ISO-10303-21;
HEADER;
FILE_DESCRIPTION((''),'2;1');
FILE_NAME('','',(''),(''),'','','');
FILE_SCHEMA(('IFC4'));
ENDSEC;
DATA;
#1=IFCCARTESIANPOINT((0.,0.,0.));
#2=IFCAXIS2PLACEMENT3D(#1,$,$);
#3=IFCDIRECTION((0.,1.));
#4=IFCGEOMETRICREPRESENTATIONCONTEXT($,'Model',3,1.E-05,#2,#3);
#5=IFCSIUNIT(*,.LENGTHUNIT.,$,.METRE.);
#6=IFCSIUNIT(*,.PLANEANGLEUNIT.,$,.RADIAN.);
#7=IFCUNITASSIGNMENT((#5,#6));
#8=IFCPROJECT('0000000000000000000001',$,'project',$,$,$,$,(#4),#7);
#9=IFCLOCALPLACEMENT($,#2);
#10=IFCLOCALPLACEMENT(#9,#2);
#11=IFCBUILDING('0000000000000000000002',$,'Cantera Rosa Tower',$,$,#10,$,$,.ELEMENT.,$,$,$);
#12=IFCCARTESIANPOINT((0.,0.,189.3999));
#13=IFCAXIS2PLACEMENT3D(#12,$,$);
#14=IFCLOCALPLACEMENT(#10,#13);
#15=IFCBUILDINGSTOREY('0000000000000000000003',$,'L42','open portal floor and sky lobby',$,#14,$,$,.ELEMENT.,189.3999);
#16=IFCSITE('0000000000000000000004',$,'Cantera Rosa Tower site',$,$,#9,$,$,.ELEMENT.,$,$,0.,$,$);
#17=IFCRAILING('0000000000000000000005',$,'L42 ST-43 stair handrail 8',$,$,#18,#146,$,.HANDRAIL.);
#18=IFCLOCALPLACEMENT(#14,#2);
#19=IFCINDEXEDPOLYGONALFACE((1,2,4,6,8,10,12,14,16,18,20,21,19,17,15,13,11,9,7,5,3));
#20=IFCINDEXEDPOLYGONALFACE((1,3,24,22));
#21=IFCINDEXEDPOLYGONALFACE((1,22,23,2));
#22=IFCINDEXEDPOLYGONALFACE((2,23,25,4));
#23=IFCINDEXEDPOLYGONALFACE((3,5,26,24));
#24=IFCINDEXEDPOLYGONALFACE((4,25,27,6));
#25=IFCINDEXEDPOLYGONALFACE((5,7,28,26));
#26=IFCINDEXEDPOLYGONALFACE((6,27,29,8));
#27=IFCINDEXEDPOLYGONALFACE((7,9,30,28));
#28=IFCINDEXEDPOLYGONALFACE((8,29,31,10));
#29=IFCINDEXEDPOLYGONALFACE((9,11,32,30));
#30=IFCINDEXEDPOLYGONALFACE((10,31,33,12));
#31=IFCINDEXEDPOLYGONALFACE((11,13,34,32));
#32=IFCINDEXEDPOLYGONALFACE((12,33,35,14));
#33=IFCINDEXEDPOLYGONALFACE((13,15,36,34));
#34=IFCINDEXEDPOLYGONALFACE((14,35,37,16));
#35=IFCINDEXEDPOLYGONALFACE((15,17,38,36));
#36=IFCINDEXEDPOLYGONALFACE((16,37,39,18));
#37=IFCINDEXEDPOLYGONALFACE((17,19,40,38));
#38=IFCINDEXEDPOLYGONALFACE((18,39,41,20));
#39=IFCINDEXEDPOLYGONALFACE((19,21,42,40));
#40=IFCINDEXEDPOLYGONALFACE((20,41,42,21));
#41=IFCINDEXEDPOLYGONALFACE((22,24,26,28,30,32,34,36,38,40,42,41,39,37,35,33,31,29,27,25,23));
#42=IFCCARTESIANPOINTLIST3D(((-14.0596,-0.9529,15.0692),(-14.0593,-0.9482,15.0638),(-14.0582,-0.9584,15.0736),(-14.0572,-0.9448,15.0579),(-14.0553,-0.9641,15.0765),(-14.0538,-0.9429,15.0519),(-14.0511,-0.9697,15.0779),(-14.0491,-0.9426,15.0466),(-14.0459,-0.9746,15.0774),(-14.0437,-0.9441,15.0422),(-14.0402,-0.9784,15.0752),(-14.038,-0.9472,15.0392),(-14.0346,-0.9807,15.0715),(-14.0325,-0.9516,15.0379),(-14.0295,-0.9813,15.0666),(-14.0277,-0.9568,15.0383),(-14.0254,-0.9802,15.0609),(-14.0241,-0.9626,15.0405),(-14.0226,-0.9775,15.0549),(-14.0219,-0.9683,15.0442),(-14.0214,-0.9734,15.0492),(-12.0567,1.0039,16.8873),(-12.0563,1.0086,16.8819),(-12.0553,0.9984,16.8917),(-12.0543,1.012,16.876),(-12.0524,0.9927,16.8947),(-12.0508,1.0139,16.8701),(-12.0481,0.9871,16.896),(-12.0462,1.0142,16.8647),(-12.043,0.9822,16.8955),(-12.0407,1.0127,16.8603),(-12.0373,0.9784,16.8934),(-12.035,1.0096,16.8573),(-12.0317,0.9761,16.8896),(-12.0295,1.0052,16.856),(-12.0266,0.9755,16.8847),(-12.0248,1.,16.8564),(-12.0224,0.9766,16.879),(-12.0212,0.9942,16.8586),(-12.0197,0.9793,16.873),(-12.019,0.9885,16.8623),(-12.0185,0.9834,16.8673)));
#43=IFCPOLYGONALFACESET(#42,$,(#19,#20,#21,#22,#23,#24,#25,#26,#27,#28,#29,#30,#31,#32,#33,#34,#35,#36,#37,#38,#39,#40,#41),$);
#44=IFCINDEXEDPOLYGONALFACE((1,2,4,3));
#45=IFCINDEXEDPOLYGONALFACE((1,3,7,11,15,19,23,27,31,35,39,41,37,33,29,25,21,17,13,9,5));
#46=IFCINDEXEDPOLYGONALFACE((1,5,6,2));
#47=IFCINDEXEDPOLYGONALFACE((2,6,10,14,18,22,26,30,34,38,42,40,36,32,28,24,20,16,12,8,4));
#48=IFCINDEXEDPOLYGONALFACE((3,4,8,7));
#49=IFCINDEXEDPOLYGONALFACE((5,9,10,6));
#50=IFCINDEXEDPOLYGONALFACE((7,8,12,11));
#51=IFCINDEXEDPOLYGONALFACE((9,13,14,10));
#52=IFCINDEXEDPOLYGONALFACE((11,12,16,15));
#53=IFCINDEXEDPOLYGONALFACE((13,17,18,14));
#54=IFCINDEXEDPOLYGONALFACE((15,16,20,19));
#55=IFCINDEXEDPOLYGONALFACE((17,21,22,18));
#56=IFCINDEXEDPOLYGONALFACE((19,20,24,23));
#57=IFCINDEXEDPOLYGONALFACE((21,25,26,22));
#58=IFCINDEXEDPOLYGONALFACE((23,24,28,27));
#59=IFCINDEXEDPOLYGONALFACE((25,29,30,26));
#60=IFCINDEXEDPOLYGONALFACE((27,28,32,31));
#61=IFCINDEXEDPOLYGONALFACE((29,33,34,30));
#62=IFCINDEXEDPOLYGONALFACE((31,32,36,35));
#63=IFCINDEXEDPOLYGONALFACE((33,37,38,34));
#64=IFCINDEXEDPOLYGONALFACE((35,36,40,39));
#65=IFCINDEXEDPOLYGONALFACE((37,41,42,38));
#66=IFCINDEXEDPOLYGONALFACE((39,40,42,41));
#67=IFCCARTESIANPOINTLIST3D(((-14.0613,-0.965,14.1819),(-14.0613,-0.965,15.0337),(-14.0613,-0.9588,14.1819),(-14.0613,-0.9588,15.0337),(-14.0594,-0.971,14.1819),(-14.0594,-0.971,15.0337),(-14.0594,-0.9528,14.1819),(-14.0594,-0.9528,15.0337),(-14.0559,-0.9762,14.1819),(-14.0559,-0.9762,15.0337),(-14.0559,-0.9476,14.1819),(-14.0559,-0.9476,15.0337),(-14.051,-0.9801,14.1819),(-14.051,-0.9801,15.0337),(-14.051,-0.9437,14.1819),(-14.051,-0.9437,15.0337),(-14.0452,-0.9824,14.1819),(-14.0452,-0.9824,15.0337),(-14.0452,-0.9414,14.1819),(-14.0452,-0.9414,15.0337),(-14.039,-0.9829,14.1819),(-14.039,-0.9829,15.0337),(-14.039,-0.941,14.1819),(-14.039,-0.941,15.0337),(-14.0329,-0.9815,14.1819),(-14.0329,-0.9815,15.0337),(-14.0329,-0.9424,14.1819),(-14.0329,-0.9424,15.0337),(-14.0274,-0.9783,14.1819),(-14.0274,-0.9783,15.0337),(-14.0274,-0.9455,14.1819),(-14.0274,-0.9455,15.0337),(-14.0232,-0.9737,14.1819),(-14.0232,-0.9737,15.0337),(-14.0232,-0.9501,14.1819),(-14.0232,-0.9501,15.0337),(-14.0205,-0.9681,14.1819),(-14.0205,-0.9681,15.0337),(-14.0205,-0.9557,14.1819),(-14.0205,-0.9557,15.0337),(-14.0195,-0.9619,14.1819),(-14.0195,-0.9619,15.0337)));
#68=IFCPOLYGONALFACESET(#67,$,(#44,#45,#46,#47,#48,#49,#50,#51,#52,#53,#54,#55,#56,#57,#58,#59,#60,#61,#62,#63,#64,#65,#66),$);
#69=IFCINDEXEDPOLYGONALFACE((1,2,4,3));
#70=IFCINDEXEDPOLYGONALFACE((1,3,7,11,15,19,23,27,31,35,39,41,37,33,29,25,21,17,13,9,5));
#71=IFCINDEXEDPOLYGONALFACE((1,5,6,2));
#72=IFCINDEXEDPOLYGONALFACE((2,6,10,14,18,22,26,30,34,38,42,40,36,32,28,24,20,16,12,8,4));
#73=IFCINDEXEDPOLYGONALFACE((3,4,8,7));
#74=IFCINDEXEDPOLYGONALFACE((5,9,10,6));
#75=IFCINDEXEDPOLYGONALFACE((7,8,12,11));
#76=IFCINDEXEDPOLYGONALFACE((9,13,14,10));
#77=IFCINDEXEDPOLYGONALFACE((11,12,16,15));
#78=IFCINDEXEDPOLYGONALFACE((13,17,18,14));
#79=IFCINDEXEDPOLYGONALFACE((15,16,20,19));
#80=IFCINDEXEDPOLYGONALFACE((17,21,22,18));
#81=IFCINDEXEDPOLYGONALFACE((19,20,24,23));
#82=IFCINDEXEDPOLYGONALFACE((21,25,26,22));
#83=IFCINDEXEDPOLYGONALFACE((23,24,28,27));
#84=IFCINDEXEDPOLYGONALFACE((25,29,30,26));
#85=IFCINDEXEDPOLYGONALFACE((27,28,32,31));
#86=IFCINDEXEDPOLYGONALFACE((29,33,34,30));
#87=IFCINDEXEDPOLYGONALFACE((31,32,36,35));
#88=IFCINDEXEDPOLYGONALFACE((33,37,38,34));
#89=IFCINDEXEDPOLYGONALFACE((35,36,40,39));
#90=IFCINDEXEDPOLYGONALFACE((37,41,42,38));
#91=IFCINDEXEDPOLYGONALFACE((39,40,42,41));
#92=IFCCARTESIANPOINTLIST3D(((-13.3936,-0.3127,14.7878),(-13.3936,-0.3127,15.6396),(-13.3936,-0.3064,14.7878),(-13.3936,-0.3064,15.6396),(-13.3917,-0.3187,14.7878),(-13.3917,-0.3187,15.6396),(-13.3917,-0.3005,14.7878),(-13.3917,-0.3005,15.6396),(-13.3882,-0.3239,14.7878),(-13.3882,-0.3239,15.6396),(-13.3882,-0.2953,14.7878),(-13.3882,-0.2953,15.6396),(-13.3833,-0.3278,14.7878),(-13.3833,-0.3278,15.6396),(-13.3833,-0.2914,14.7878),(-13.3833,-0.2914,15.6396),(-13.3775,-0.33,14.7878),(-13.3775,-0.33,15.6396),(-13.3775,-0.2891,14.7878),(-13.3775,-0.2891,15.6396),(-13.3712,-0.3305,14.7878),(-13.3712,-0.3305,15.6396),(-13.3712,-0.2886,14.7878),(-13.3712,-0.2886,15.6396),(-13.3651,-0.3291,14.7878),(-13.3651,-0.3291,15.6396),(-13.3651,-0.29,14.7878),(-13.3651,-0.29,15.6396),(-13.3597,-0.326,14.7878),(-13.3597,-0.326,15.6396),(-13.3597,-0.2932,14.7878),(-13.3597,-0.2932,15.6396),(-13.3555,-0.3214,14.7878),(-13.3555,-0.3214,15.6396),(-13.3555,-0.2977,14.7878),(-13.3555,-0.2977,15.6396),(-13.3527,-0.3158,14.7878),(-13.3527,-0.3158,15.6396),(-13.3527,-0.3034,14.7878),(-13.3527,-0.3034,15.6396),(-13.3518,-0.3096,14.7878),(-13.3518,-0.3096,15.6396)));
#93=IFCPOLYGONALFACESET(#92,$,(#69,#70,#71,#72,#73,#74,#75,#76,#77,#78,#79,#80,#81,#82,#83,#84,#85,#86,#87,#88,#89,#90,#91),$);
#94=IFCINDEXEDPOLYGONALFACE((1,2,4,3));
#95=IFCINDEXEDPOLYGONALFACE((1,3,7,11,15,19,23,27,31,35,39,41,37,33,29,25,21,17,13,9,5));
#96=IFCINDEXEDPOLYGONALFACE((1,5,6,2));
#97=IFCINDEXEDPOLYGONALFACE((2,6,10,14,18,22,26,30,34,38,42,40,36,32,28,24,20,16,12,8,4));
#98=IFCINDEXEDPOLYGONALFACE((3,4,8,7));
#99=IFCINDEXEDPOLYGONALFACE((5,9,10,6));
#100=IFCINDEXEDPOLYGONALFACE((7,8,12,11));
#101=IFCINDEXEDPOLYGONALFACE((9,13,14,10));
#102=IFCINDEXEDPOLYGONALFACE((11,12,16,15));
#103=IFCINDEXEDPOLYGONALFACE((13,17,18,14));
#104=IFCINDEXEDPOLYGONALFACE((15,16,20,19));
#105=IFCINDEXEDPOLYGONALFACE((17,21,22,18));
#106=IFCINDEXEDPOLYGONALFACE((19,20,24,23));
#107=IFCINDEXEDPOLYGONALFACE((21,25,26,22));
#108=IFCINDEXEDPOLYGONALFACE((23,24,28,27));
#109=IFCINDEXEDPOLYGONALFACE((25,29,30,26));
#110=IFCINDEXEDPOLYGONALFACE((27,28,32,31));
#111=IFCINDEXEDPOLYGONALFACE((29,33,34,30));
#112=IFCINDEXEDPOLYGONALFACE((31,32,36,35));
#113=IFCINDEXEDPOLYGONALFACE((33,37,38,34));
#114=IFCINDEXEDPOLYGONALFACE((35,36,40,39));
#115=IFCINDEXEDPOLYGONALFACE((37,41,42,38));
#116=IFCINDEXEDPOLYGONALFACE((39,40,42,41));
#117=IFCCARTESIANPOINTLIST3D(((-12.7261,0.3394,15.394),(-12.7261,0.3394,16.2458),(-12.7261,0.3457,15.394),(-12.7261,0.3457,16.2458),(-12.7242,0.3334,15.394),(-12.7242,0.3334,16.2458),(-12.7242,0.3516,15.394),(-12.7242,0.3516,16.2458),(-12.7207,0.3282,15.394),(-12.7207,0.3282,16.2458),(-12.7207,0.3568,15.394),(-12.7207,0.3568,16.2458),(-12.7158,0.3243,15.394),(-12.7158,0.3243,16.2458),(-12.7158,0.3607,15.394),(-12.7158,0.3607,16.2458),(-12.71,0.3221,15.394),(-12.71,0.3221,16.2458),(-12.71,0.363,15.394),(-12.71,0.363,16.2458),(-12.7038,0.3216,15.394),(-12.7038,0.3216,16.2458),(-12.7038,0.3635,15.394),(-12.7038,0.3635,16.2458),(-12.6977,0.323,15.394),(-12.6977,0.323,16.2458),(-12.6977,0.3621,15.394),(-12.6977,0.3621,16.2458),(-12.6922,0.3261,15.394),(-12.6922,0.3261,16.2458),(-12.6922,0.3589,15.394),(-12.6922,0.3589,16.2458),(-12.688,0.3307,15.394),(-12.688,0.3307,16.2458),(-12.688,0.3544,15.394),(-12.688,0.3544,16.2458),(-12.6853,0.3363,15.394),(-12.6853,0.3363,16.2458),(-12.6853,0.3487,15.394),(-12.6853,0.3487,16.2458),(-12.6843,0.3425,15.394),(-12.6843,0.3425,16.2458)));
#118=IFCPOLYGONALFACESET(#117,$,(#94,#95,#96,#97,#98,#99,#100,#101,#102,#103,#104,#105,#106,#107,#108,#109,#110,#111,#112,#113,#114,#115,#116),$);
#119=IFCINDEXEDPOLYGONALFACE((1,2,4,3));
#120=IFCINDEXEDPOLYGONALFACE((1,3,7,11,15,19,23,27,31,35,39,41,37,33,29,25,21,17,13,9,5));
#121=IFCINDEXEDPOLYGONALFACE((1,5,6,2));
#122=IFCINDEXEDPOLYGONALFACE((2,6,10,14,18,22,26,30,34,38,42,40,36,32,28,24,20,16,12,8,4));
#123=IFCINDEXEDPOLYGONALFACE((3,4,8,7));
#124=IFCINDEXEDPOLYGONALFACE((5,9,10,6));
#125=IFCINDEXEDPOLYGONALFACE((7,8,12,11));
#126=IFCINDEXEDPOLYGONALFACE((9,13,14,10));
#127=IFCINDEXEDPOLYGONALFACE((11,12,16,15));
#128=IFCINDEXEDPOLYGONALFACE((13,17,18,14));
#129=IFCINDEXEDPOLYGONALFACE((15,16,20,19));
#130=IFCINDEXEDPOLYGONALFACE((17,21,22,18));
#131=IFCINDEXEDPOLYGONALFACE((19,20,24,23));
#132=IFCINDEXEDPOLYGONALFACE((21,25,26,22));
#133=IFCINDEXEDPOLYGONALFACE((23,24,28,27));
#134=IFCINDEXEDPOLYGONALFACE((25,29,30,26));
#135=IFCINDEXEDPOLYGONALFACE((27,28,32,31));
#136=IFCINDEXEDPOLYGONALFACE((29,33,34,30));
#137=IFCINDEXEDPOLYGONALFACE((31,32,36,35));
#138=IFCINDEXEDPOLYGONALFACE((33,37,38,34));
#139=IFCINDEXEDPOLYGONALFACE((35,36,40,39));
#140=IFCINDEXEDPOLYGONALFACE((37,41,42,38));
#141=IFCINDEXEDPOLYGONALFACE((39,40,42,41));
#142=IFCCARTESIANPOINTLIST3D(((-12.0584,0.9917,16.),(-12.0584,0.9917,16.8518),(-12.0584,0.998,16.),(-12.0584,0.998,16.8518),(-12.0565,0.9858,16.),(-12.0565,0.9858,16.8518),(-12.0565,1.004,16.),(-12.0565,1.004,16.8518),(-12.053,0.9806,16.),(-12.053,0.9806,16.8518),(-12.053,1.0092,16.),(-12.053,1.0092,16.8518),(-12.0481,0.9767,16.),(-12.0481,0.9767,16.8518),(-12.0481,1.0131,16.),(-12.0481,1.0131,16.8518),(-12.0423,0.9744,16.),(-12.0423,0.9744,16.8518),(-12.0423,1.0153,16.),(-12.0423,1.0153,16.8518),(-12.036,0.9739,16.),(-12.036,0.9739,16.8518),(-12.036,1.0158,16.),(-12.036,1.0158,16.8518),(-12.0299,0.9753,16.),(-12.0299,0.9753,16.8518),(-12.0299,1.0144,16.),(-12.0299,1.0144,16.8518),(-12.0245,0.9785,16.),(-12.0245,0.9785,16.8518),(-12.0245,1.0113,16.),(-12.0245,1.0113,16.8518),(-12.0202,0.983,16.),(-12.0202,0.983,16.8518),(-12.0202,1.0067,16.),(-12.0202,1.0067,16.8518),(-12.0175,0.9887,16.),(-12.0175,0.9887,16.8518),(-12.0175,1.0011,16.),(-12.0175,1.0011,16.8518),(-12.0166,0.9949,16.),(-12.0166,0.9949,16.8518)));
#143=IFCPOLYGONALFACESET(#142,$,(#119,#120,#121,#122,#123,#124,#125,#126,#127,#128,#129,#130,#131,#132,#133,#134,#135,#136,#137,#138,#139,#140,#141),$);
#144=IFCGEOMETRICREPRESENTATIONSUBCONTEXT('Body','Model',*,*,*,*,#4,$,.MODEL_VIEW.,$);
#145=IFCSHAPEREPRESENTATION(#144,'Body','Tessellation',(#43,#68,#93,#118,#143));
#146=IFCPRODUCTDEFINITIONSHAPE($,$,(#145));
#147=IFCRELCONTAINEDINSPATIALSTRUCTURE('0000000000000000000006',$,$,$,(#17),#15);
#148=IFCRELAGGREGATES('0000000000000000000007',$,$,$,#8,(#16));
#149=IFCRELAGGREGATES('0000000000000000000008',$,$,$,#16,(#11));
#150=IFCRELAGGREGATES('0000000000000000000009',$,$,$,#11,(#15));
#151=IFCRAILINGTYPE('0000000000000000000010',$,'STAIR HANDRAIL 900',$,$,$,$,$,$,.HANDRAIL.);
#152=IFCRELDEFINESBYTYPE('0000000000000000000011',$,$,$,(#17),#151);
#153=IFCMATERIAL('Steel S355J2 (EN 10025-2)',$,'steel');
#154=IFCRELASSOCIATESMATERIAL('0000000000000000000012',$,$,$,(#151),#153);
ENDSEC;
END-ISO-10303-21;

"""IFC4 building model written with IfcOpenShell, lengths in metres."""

from ifc_helpers import new_model, si_unit, direction, frame, origin, origin_2d, place, context, subcontext, project, spatial, circle, extrude, material, type_object, element, save


model = new_model("IFC4")

# Units and contexts
model_context = context("Model", 3, precision=1e-05, world=origin(), true_north=direction((0.0, 1.0)))
body_context = subcontext(model_context, "Body", "Model", "MODEL_VIEW")
ifc_project = project(units=[si_unit("LENGTHUNIT", "METRE"), si_unit("PLANEANGLEUNIT", "RADIAN")], contexts=[model_context])

# Site, building, storey
site_placement = place(None, origin())
site = spatial("IfcSite", under=ifc_project, at=site_placement, Name="Cantera Rosa Tower site", CompositionType="ELEMENT", RefElevation=0.0)
building_placement = place(site_placement, origin())
building = spatial("IfcBuilding", under=site, at=building_placement, Name="Cantera Rosa Tower", CompositionType="ELEMENT")
storey_placement = place(building_placement, frame((0.0, 0.0, 189.3999)))
storey = spatial("IfcBuildingStorey", under=building, at=storey_placement, Name="L42", Description="open portal floor and sky lobby", CompositionType="ELEMENT", Elevation=189.3999)

# Railing
ifc_material_1 = material(Name="Steel S355J2 (EN 10025-2)", Category="steel")
railing_type_1 = type_object("IfcRailingType", Name="STAIR HANDRAIL 900", PredefinedType="HANDRAIL", material=ifc_material_1)
for number, where, name in (
    (1, (-14.0405, -0.9619, 14.1819), "L42 ST-43 stair handrail 8"),
):
    element("IfcRailing", number, at=place(storey_placement, frame(where)), inside=storey, type_object=railing_type_1, Name=name, PredefinedType="HANDRAIL", context=body_context, shape_type="SweptSolid", body=[
        extrude(circle(Radius=0.0239, at=origin_2d()), frame((0.0, 0.0, 0.876), z_axis=(0.59993, 0.586109, 0.544573), x_axis=(-0.698819, 0.715298, 0.0)), (0.0, 0.0, 1.0), 3.3386),
        extrude(circle(Radius=0.021, at=origin_2d()), origin(), (0.0, 0.0, 1.0), 0.8518),
        extrude(circle(Radius=0.021, at=origin_2d()), frame((0.6677, 0.6523, 0.606)), (0.0, 0.0, 1.0), 0.8518),
        extrude(circle(Radius=0.021, at=origin_2d()), frame((1.3352, 1.3044, 1.2122)), (0.0, 0.0, 1.0), 0.8518),
        extrude(circle(Radius=0.021, at=origin_2d()), frame((2.0029, 1.9568, 1.8181)), (0.0, 0.0, 1.0), 0.8518),
    ])

save(model, "model.ifc")
